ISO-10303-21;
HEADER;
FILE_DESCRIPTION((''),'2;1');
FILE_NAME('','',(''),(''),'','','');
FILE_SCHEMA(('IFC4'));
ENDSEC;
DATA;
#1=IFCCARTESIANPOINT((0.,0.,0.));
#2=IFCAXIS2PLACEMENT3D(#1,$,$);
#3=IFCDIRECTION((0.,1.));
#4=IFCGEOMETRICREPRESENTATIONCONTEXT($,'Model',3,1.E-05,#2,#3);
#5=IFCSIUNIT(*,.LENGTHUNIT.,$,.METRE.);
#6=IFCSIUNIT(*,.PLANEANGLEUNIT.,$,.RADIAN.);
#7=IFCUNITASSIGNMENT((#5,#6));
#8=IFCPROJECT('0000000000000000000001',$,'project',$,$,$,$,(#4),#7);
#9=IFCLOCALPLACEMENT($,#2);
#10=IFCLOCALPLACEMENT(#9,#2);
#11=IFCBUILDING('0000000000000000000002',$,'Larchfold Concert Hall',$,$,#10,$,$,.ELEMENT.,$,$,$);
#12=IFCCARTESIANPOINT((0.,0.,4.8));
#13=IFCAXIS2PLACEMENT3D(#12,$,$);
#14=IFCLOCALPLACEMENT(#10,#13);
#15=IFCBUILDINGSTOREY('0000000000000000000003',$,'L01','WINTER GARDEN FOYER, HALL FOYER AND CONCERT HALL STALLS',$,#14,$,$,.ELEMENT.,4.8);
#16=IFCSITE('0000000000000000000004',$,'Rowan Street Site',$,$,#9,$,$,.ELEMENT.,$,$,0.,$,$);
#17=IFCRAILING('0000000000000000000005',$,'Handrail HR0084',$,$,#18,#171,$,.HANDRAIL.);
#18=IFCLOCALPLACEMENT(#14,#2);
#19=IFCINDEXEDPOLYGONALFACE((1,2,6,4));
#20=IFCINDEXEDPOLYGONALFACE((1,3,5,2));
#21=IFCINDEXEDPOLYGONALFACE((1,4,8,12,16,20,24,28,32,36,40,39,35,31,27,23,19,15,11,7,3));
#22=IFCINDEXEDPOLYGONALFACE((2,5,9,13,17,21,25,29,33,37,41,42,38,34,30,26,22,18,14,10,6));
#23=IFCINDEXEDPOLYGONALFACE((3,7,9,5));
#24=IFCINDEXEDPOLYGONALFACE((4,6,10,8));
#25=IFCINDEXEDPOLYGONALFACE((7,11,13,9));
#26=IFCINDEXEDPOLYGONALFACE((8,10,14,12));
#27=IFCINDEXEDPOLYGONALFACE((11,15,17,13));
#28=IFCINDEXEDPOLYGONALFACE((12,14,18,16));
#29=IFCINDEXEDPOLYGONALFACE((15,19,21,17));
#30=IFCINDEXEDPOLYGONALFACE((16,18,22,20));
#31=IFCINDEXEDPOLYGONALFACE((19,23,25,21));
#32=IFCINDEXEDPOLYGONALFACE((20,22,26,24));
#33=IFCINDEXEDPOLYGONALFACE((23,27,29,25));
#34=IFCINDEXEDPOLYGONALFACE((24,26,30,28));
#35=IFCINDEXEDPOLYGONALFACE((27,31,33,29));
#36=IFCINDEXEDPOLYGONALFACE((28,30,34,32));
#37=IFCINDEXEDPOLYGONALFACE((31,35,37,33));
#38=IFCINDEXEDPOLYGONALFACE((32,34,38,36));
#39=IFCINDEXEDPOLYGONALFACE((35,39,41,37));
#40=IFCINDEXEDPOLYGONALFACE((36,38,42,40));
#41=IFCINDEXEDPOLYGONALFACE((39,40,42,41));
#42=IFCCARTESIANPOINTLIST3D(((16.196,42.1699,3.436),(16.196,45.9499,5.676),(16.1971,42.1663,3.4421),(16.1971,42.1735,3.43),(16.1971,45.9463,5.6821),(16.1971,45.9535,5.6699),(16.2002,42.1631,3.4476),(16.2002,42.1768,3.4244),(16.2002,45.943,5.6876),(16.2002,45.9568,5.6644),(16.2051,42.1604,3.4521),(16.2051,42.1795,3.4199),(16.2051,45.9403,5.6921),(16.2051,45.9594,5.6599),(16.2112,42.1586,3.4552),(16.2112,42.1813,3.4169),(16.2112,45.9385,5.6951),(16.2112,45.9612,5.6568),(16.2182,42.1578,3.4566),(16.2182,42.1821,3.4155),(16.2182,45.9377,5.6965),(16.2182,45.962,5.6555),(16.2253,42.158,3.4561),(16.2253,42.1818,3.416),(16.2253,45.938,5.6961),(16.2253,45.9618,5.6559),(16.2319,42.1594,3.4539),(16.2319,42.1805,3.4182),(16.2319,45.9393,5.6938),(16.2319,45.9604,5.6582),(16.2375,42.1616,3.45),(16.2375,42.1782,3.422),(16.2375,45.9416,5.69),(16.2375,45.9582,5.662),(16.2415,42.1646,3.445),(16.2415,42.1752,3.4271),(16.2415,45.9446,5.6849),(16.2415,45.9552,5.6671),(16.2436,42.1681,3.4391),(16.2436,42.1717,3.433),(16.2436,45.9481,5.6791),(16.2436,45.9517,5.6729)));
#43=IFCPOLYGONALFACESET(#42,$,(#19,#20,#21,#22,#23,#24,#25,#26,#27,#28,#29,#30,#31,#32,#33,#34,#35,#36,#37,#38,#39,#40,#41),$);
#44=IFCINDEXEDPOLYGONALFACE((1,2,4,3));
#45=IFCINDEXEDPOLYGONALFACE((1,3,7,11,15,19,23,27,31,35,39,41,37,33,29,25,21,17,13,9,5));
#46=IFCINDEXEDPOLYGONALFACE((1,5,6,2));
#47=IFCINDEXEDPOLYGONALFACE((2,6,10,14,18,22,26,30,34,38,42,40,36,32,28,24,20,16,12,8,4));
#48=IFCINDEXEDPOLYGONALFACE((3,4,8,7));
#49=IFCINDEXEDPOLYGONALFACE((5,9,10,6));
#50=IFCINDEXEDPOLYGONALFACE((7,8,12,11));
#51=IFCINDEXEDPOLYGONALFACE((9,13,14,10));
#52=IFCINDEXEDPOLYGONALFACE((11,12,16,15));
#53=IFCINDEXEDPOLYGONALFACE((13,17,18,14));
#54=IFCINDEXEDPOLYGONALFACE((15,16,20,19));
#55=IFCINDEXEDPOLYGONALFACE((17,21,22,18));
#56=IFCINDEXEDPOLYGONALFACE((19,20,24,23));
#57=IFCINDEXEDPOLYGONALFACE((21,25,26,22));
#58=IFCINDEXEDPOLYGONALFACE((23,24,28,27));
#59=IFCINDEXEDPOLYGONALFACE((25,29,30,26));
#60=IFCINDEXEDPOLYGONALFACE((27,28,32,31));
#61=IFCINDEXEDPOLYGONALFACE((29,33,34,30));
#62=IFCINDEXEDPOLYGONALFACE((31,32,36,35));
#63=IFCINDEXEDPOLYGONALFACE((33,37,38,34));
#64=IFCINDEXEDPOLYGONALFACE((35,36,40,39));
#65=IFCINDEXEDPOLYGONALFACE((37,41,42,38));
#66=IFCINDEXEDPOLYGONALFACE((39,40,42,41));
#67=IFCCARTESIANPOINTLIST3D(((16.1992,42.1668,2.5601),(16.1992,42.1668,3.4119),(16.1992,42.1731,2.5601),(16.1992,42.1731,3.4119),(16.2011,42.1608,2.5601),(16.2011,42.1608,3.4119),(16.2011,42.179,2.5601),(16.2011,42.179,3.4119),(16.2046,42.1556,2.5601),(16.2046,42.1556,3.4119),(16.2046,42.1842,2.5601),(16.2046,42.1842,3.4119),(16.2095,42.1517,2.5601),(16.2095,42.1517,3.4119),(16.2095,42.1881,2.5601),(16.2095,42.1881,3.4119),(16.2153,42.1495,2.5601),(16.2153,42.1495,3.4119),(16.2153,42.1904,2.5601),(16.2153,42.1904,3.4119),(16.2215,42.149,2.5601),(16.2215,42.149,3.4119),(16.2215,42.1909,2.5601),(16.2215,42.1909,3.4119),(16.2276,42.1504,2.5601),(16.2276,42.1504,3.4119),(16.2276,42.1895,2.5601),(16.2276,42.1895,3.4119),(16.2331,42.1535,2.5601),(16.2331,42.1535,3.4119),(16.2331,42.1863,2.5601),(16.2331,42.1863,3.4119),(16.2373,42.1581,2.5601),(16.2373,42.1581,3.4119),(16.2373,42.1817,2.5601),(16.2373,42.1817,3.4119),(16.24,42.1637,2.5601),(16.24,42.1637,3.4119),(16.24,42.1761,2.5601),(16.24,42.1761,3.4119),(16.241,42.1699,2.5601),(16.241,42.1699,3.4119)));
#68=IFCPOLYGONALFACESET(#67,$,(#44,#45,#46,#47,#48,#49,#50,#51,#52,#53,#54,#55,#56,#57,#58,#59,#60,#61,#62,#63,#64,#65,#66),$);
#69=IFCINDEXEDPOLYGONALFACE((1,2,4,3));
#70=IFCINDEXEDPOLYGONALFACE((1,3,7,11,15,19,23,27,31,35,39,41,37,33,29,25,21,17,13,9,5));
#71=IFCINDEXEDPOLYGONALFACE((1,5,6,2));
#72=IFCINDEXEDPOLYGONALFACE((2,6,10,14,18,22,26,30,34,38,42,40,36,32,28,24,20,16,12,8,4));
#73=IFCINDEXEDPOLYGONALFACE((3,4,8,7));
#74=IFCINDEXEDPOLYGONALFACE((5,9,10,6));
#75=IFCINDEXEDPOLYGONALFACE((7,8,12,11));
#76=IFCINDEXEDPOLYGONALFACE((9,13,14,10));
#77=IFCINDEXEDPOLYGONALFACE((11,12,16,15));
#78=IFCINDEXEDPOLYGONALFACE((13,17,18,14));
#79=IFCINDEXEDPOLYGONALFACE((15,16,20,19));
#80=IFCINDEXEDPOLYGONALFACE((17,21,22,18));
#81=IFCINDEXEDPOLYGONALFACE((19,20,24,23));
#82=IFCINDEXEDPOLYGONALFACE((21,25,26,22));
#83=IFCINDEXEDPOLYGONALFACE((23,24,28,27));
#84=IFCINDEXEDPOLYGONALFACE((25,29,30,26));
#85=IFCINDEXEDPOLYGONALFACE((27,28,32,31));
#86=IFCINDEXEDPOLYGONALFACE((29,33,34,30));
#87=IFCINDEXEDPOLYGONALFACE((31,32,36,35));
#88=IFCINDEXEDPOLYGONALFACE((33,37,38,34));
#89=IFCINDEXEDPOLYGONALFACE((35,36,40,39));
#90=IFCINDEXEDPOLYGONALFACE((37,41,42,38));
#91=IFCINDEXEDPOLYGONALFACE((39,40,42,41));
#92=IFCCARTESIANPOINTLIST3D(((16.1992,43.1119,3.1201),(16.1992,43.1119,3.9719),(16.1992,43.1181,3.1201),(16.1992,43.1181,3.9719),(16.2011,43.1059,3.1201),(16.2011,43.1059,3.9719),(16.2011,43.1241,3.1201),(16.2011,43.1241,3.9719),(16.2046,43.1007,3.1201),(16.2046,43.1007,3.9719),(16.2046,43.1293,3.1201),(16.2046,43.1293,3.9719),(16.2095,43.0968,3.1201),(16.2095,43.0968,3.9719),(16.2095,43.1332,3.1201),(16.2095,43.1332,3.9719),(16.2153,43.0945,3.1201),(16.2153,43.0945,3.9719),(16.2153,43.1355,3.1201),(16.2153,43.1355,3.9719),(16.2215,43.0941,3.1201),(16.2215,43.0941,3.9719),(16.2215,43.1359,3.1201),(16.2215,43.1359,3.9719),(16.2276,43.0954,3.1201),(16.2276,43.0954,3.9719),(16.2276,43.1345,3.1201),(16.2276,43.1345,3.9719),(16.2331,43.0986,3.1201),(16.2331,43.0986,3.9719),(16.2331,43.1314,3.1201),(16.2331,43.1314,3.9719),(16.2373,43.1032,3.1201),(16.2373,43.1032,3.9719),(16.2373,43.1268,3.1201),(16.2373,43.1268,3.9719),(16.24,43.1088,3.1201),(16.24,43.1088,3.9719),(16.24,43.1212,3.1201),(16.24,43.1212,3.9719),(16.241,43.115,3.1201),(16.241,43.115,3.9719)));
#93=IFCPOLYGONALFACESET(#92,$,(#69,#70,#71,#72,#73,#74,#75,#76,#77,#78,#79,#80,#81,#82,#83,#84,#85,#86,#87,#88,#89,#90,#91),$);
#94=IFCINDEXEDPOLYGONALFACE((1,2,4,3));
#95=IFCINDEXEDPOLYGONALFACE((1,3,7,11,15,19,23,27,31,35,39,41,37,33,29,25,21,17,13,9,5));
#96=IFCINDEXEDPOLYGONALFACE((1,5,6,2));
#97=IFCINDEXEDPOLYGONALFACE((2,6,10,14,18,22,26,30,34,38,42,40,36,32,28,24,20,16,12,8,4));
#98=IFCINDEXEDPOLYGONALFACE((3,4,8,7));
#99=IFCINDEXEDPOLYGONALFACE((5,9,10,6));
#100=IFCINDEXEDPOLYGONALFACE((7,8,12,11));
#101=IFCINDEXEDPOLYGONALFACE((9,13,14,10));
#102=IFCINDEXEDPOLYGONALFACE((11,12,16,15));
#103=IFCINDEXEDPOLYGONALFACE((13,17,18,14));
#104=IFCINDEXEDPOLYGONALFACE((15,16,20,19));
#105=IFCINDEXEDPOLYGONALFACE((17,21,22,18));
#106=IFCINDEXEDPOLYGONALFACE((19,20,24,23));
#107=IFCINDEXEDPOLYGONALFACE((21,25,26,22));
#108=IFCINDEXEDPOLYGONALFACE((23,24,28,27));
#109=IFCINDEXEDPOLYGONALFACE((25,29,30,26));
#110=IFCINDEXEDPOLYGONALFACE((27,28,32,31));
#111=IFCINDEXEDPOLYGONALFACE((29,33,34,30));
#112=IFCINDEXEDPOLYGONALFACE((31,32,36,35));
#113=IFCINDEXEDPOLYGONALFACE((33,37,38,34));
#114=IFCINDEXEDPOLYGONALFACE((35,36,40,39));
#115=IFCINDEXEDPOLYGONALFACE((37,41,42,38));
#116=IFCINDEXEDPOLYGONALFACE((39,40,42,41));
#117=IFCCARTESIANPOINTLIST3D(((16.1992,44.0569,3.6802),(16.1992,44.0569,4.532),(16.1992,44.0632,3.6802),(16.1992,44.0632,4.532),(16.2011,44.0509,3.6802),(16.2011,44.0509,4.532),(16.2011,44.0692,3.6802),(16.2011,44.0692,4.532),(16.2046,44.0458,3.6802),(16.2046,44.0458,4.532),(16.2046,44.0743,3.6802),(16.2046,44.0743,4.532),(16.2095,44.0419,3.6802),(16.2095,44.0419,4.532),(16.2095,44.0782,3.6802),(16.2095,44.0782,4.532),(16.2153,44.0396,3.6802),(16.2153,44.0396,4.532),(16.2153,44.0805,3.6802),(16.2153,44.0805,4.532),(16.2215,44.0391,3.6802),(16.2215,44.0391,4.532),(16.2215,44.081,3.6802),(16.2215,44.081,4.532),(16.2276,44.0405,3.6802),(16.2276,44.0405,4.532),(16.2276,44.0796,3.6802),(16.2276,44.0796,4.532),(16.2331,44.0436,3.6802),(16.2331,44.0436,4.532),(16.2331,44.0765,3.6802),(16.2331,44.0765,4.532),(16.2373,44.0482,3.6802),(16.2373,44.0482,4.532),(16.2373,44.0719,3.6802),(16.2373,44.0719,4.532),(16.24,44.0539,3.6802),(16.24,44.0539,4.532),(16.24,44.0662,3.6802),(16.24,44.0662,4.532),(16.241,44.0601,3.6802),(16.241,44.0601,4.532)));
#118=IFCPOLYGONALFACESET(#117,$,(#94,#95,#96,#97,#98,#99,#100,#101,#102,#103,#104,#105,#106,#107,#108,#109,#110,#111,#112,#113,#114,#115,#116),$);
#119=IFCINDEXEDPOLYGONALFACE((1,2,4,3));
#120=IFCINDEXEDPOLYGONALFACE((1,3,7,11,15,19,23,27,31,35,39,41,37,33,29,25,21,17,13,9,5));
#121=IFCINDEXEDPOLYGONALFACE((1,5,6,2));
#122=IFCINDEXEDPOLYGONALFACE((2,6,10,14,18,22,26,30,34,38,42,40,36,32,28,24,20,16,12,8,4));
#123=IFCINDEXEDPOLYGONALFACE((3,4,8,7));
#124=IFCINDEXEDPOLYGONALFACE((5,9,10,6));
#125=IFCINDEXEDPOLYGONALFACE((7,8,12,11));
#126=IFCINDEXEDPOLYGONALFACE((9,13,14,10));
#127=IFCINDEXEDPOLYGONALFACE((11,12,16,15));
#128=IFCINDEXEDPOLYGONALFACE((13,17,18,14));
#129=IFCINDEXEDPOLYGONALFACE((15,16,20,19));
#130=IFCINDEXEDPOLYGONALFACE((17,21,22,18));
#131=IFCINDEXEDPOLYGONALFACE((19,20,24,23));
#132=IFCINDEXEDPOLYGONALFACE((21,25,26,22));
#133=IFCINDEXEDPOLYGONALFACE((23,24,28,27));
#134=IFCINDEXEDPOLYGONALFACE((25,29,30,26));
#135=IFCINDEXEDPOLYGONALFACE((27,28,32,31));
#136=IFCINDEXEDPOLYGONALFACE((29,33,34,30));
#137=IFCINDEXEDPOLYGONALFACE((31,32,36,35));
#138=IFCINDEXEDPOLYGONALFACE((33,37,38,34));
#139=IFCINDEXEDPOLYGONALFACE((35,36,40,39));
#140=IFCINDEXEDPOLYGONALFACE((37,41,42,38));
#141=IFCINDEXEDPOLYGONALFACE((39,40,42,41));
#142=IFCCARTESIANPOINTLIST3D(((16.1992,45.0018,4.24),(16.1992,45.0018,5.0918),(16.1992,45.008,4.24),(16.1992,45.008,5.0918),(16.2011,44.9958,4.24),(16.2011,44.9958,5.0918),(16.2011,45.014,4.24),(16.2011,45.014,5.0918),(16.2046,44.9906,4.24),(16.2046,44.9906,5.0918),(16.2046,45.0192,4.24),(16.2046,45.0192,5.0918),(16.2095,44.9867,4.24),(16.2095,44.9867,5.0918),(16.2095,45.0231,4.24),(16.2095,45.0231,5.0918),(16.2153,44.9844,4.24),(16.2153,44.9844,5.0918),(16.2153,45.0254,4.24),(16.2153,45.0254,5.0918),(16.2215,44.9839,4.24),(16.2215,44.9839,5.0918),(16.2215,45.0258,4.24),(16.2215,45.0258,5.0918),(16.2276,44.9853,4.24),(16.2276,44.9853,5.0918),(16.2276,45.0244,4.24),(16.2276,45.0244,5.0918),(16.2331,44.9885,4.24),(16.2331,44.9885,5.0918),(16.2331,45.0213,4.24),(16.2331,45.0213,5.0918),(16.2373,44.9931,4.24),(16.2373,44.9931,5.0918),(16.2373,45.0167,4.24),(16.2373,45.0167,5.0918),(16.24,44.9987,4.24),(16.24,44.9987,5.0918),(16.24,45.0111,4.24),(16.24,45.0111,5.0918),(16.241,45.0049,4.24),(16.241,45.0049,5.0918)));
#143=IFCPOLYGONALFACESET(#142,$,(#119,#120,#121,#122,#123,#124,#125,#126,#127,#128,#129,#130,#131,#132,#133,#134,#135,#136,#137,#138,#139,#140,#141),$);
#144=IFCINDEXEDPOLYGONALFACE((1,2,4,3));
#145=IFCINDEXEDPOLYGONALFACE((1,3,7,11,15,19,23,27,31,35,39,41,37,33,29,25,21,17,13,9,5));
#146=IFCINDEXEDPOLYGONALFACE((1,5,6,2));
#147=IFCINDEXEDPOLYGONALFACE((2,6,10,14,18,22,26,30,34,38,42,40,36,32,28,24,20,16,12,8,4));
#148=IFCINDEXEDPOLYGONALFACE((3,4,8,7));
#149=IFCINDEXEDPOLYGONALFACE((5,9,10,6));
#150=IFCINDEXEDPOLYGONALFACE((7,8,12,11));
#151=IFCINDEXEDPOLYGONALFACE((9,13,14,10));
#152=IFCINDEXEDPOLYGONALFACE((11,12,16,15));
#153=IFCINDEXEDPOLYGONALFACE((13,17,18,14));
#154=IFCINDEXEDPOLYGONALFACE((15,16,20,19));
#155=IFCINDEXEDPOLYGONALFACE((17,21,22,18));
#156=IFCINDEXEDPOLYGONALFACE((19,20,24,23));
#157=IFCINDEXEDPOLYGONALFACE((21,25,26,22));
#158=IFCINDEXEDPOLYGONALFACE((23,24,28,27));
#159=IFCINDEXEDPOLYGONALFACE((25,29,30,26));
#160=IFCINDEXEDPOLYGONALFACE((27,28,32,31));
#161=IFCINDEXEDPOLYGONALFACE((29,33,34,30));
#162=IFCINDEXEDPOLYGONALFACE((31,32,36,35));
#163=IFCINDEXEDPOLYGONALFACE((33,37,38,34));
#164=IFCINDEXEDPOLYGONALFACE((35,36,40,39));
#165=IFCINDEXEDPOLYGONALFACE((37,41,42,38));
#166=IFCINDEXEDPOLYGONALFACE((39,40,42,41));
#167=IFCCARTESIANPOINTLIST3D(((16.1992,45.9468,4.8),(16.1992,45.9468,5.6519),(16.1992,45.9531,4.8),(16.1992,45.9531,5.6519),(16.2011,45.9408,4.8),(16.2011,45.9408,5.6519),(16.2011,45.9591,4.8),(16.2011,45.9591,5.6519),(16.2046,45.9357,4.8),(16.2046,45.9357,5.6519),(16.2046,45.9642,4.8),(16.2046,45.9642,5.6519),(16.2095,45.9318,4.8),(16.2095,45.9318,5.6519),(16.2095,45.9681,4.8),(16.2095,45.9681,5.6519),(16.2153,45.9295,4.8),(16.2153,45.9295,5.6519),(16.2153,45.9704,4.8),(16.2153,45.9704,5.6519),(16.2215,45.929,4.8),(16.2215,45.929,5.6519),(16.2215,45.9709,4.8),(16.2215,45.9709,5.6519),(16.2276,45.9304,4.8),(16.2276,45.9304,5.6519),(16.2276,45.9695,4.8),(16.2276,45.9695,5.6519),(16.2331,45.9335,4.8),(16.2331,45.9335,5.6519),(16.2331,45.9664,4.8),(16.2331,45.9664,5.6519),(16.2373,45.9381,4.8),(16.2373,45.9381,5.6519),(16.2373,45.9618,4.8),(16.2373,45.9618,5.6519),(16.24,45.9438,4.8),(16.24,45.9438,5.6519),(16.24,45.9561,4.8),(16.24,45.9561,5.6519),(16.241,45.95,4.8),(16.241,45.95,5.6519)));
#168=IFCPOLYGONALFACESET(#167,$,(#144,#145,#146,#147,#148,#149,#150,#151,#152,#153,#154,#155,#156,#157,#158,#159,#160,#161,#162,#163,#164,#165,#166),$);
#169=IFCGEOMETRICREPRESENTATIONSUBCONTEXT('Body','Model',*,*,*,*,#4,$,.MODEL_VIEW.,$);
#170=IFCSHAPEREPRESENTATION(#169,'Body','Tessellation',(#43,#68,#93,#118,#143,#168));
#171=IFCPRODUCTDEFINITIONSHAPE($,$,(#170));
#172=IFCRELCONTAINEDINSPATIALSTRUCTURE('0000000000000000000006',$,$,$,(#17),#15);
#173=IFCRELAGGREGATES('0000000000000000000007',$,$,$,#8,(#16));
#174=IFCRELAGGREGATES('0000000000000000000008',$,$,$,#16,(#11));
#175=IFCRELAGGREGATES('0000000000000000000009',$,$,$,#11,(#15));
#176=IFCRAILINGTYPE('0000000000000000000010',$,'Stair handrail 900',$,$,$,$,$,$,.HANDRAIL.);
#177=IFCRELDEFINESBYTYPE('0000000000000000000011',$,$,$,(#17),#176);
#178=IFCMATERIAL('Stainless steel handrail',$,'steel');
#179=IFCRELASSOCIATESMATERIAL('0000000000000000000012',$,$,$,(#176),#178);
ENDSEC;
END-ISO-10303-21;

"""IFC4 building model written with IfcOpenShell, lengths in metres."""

from ifc_helpers import new_model, si_unit, direction, frame, origin, origin_2d, place, context, subcontext, project, spatial, circle, extrude, material, type_object, element, save


model = new_model("IFC4")

# Units and contexts
model_context = context("Model", 3, precision=1e-05, world=origin(), true_north=direction((0.0, 1.0)))
body_context = subcontext(model_context, "Body", "Model", "MODEL_VIEW")
ifc_project = project(units=[si_unit("LENGTHUNIT", "METRE"), si_unit("PLANEANGLEUNIT", "RADIAN")], contexts=[model_context])

# Site, building, storey
site_placement = place(None, origin())
site = spatial("IfcSite", under=ifc_project, at=site_placement, Name="Rowan Street Site", CompositionType="ELEMENT", RefElevation=0.0)
building_placement = place(site_placement, origin())
building = spatial("IfcBuilding", under=site, at=building_placement, Name="Larchfold Concert Hall", CompositionType="ELEMENT")
storey_placement = place(building_placement, frame((0.0, 0.0, 4.8)))
storey = spatial("IfcBuildingStorey", under=building, at=storey_placement, Name="L01", Description="WINTER GARDEN FOYER, HALL FOYER AND CONCERT HALL STALLS", CompositionType="ELEMENT", Elevation=4.8)

# Railing
ifc_material_1 = material(Name="Stainless steel handrail", Category="steel")
railing_type_1 = type_object("IfcRailingType", Name="Stair handrail 900", PredefinedType="HANDRAIL", material=ifc_material_1)
railing_1_placement = place(storey_placement, frame((16.22, 42.1699, 2.5601)))
element("IfcRailing", 1, at=railing_1_placement, inside=storey, type_object=railing_type_1, Name="Handrail HR0084", PredefinedType="HANDRAIL", context=body_context, shape_type="SweptSolid", body=[
    extrude(circle(Radius=0.0239, at=origin_2d()), frame((0.0, 0.0, 0.876), z_axis=(0.0, 0.860294, 0.509798), x_axis=(-1.0, 0.0, 0.0)), (0.0, 0.0, 1.0), 4.3938),
    extrude(circle(Radius=0.021, at=origin_2d()), origin(), (0.0, 0.0, 1.0), 0.8518),
    extrude(circle(Radius=0.021, at=origin_2d()), frame((0.0, 0.9451, 0.5601)), (0.0, 0.0, 1.0), 0.8518),
    extrude(circle(Radius=0.021, at=origin_2d()), frame((0.0, 1.8901, 1.1201)), (0.0, 0.0, 1.0), 0.8518),
    extrude(circle(Radius=0.021, at=origin_2d()), frame((0.0, 2.835, 1.6799)), (0.0, 0.0, 1.0), 0.8518),
    extrude(circle(Radius=0.021, at=origin_2d()), frame((0.0, 3.78, 2.24)), (0.0, 0.0, 1.0), 0.8518),
])

save(model, "model.ifc")
